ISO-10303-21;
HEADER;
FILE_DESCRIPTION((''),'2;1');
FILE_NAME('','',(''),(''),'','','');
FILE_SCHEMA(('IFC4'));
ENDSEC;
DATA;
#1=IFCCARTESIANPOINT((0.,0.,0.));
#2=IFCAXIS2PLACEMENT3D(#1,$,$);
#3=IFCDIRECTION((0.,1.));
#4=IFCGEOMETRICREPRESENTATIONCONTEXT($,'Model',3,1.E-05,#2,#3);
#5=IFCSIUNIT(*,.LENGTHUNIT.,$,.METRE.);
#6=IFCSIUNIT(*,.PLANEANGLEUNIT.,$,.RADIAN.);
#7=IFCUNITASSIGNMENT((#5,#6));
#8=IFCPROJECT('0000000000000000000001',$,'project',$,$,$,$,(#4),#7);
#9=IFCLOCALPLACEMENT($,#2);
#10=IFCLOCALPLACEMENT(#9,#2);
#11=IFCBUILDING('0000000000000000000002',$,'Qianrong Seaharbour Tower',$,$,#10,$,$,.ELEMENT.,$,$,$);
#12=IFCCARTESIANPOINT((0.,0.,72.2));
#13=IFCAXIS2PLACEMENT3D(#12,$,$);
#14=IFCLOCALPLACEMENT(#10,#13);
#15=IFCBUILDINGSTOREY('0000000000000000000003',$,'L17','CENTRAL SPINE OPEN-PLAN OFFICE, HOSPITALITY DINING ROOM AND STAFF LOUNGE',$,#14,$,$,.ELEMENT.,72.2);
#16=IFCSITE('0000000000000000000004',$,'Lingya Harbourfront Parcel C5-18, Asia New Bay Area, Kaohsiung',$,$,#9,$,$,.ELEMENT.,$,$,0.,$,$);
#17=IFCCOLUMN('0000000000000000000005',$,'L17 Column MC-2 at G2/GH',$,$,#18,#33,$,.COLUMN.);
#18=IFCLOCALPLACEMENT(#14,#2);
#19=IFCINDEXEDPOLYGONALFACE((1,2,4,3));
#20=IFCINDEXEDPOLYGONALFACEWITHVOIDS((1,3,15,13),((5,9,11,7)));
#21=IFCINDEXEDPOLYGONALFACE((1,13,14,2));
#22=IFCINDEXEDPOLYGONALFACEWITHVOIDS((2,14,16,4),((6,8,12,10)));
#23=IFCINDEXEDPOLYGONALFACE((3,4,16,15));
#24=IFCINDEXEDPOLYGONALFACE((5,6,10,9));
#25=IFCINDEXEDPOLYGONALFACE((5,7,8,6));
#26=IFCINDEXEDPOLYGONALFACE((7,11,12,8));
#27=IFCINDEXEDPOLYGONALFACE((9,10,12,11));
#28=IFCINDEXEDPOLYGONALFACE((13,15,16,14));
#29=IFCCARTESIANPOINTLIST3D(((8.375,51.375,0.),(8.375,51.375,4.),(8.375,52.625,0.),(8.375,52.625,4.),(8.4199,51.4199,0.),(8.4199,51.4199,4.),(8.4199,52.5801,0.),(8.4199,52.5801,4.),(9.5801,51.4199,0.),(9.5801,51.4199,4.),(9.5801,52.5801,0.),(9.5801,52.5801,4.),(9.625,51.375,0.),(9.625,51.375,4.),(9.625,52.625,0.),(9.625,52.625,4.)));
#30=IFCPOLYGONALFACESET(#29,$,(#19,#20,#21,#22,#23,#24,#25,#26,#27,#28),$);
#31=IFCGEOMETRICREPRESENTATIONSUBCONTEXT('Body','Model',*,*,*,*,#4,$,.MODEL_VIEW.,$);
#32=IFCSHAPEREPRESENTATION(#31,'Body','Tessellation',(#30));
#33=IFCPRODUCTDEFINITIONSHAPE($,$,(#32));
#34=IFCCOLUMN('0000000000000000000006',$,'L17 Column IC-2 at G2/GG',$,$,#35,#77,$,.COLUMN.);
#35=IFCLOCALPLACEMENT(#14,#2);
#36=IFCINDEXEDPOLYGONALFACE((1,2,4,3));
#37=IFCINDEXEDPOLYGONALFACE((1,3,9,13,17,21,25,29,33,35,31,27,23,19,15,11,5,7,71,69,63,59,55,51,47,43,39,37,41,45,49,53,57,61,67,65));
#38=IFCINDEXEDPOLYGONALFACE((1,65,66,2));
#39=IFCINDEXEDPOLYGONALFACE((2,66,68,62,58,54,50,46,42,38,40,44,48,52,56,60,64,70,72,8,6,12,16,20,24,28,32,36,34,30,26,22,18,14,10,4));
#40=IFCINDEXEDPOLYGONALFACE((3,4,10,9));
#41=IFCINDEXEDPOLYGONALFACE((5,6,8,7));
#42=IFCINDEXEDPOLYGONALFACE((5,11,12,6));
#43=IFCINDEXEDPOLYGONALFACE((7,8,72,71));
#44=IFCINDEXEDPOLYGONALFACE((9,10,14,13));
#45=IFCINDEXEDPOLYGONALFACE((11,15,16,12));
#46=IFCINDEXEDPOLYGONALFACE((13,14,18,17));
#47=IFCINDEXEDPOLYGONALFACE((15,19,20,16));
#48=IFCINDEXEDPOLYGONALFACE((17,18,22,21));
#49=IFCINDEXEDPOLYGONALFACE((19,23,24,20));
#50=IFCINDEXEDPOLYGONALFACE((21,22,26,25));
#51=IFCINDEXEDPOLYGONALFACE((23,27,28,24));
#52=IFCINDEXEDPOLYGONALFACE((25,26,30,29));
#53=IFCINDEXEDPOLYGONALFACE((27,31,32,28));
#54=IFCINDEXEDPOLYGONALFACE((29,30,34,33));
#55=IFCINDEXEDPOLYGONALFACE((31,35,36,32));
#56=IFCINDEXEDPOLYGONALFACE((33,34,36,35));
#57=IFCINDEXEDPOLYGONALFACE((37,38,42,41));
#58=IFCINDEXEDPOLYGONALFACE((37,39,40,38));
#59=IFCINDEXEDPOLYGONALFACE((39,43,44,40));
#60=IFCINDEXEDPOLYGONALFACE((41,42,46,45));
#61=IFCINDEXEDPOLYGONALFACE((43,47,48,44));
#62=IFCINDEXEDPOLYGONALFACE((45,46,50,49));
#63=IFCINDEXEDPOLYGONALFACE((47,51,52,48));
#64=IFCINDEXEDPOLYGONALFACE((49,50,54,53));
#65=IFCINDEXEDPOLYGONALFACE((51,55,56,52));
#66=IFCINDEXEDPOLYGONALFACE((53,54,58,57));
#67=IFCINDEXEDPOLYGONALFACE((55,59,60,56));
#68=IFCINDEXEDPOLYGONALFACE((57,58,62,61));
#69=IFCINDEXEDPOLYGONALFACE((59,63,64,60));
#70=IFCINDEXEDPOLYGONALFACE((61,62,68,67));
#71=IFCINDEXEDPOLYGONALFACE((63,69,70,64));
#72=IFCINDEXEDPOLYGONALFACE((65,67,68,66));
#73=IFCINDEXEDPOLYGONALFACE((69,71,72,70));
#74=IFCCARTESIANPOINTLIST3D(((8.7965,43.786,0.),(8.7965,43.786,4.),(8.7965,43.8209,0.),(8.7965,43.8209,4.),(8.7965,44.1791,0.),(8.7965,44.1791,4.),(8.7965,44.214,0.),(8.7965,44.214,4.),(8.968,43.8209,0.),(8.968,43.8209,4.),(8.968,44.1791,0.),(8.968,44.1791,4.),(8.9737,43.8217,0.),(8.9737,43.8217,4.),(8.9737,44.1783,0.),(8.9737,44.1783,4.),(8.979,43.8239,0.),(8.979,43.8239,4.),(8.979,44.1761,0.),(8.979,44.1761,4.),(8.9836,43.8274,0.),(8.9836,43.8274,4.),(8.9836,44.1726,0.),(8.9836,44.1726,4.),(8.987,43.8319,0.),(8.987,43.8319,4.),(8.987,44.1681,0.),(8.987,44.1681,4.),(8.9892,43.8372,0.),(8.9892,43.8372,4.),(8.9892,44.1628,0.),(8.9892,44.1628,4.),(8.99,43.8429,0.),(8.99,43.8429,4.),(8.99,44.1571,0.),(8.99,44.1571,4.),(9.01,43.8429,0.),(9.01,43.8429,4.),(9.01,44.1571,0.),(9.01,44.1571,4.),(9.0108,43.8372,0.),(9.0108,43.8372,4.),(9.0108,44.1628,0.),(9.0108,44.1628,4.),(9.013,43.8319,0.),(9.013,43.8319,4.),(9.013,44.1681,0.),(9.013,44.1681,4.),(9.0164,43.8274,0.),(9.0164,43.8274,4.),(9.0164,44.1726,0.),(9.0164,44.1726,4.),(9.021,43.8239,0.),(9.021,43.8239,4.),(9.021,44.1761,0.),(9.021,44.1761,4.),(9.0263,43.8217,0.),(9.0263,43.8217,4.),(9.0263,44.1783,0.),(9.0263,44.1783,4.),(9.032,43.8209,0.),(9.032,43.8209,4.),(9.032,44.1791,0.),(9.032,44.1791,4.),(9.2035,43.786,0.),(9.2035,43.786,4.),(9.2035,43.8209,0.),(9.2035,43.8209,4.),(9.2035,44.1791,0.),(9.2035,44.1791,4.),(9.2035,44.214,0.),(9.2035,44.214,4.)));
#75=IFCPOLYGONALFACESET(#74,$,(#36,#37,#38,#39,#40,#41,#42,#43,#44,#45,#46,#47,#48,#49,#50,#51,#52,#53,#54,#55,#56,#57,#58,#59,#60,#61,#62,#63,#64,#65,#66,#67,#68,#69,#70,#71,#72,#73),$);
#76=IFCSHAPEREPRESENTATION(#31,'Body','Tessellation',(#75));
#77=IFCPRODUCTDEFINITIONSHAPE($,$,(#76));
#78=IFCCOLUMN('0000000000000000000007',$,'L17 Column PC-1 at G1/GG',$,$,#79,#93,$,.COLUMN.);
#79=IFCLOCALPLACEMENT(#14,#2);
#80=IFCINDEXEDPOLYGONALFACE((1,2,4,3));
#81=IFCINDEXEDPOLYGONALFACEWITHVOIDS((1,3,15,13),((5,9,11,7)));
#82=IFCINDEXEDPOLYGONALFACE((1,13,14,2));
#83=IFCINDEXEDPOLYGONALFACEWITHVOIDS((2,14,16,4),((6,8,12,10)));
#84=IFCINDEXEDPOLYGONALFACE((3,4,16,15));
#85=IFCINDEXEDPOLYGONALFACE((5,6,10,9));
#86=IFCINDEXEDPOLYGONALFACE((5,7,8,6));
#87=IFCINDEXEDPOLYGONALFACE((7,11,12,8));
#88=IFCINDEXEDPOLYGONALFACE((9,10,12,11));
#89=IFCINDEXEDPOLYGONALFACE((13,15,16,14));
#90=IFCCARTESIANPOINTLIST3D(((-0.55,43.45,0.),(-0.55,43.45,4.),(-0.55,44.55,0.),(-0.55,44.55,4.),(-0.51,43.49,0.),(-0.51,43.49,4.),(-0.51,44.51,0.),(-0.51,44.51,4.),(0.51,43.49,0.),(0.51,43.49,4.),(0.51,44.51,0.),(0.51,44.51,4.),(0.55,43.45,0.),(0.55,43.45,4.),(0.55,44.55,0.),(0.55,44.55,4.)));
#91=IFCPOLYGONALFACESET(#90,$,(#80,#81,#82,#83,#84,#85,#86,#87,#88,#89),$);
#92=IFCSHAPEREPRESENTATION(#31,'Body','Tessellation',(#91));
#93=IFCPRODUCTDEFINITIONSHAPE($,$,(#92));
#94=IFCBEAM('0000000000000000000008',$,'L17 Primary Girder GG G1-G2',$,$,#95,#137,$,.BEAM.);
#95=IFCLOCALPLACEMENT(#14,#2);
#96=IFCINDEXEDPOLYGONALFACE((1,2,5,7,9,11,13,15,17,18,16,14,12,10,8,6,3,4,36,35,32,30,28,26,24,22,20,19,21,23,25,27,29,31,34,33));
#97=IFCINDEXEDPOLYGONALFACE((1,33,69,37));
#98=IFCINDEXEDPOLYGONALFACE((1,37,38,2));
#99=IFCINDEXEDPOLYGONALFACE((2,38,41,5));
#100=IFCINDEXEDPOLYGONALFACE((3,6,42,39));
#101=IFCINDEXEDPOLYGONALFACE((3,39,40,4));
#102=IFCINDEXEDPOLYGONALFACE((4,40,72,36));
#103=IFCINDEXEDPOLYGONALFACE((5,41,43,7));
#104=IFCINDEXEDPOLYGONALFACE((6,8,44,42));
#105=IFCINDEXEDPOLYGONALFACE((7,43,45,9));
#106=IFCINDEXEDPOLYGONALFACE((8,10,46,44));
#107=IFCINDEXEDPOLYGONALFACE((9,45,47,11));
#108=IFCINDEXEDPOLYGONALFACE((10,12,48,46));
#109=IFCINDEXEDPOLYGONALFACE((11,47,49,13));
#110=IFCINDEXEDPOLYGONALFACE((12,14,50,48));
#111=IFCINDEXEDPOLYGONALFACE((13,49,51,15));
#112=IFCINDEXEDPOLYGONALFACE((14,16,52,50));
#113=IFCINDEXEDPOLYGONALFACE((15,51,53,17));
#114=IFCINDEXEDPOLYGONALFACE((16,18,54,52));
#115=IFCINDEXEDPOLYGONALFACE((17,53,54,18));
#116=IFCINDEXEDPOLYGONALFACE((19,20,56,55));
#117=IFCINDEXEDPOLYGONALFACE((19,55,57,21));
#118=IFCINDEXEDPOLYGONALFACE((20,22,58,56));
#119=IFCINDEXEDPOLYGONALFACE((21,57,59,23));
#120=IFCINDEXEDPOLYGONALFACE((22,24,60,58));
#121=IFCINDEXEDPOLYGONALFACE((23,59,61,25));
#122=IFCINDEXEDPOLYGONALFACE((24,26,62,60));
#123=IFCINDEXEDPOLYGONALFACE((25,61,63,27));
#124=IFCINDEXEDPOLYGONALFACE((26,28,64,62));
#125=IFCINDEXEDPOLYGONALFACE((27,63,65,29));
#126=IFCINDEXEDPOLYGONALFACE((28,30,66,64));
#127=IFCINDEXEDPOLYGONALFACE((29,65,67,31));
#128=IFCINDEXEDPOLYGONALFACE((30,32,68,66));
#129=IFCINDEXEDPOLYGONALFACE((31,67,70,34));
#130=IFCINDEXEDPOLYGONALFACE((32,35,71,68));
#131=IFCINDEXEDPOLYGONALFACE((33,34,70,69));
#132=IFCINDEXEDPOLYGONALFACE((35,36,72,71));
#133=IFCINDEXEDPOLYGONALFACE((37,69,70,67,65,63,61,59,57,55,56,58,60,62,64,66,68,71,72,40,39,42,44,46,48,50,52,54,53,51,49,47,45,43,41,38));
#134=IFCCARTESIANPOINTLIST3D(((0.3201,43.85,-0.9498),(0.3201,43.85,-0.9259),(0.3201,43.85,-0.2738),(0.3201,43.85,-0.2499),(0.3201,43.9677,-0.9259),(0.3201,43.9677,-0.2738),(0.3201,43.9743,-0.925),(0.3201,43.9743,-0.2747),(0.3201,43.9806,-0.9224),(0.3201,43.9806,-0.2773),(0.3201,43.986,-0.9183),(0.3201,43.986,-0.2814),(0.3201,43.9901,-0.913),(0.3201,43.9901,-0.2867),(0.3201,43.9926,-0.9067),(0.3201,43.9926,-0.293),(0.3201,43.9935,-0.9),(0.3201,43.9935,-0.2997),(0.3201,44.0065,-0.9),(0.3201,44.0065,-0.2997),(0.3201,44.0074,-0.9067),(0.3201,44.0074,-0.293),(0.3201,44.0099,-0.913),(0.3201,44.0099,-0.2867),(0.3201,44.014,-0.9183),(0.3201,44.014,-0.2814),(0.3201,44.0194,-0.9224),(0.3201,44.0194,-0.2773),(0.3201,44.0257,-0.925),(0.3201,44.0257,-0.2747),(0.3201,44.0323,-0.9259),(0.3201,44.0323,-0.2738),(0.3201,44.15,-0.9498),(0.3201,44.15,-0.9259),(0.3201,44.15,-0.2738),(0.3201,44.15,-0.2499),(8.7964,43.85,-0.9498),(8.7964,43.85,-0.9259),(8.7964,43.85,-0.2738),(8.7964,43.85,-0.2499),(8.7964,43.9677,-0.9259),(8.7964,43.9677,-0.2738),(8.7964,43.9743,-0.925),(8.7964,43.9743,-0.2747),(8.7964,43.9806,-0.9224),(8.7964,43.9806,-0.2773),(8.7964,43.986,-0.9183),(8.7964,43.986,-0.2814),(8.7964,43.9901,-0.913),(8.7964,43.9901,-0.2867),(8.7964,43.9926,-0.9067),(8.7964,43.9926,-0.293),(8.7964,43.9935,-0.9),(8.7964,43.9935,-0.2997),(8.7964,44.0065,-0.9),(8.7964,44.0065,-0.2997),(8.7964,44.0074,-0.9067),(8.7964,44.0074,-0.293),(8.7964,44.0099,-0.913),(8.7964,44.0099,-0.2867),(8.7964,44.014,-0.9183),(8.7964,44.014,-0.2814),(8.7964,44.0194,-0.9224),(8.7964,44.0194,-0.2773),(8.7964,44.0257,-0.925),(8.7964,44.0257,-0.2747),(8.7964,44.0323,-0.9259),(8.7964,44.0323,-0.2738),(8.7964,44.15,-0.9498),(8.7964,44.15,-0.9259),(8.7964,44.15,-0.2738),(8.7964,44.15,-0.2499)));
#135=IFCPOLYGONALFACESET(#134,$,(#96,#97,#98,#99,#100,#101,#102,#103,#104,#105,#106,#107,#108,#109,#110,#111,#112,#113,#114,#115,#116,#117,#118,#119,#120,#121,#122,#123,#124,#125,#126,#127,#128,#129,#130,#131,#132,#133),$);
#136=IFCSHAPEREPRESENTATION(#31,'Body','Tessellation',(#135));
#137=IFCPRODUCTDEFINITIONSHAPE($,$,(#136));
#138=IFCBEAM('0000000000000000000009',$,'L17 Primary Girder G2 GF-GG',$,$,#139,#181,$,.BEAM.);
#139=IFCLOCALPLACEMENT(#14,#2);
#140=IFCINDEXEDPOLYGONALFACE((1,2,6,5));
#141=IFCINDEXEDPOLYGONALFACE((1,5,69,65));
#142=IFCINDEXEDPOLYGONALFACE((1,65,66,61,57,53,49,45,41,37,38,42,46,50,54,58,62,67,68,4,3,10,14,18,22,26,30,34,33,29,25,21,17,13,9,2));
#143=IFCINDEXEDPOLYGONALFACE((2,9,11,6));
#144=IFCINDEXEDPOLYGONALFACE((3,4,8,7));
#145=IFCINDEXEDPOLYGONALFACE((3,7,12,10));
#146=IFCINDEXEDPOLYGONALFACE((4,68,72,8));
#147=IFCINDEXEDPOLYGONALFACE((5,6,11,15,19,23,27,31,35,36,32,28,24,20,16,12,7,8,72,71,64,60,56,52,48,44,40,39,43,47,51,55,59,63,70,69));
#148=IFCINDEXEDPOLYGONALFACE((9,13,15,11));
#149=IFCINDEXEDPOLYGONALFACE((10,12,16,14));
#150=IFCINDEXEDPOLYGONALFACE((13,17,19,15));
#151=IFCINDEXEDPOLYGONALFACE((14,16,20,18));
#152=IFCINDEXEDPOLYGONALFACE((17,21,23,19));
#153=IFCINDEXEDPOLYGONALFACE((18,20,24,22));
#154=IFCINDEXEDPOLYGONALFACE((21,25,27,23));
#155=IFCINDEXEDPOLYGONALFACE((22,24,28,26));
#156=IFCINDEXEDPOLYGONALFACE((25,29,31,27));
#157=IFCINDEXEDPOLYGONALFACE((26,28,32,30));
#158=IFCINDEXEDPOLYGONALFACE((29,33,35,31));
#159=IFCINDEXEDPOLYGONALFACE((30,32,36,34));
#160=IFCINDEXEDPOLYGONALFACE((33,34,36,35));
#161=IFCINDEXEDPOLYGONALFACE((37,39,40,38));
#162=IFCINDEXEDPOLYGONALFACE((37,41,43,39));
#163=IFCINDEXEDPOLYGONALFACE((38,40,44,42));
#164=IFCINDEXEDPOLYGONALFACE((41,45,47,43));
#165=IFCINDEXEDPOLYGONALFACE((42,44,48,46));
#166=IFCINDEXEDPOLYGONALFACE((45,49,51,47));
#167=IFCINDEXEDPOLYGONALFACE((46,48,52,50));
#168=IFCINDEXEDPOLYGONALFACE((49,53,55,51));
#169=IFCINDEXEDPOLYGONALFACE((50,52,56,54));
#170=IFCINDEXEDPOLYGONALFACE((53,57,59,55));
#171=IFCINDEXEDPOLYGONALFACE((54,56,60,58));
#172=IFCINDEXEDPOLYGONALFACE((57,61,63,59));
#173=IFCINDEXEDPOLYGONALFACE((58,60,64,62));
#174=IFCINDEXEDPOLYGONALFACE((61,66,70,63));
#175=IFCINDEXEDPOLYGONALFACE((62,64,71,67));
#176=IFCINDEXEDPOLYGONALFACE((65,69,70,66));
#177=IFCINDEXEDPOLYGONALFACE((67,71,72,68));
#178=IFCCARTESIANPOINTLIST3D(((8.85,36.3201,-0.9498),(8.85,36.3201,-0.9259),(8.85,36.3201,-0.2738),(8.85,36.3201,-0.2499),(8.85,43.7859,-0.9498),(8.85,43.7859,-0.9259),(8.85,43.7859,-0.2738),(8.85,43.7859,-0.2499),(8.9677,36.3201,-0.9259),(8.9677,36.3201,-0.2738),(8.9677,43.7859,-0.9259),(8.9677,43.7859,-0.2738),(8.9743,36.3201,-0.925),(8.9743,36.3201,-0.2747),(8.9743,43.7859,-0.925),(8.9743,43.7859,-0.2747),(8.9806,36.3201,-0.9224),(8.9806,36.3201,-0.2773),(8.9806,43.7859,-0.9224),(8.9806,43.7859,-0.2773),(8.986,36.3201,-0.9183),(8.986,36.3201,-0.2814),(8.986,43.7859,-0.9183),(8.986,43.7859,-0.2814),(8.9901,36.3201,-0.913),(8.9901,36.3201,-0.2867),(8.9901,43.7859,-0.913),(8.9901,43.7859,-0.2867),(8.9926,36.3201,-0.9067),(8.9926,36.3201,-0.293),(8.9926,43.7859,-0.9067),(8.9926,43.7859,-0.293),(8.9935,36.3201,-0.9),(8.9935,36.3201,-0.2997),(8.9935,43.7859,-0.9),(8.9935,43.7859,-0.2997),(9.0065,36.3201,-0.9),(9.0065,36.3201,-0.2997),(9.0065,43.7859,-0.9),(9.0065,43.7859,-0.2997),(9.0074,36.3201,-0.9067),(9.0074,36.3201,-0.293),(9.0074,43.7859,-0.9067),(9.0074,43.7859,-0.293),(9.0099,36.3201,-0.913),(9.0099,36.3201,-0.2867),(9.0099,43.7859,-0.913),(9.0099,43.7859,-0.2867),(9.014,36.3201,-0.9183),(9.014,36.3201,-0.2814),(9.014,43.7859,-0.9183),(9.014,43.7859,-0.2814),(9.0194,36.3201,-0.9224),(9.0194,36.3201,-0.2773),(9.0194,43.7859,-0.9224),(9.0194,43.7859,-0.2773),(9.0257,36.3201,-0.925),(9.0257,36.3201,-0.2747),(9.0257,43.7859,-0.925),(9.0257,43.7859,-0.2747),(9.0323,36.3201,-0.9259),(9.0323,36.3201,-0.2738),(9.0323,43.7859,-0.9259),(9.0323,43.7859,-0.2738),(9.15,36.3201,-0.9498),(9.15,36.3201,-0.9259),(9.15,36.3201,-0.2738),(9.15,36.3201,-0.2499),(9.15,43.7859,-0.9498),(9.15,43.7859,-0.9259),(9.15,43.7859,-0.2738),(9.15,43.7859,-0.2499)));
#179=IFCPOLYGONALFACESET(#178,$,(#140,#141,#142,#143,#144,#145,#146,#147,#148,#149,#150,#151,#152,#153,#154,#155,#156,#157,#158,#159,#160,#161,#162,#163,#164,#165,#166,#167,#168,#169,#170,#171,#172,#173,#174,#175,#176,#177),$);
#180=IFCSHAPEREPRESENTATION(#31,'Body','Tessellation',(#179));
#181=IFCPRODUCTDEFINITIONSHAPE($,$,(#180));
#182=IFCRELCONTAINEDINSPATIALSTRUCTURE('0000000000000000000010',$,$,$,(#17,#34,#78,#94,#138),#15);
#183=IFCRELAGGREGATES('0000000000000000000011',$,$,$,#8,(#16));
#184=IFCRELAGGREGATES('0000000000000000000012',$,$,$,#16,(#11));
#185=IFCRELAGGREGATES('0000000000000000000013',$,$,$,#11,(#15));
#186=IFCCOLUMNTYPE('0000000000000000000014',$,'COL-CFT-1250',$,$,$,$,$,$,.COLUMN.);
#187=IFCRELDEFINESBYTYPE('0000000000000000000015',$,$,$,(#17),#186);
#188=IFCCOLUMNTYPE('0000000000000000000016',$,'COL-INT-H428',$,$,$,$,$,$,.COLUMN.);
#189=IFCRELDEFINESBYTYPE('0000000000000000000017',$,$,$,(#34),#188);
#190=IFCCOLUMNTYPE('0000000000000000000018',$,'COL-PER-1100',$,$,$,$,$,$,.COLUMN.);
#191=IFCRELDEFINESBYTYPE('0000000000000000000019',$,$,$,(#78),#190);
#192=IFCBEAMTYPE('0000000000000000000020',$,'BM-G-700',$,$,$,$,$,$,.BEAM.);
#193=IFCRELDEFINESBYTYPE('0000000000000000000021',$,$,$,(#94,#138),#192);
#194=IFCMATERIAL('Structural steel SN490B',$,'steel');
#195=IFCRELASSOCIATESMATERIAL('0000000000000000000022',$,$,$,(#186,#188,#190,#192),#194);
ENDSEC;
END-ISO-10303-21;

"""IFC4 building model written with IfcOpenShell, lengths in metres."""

from ifc_helpers import new_model, si_unit, direction, frame, origin, origin_2d, place, context, subcontext, project, spatial, hollow_rectangle, i_section, extrude, material, material_profile, profile_set, type_object, element, save


model = new_model("IFC4")

# Units and contexts
model_context = context("Model", 3, precision=1e-05, world=origin(), true_north=direction((0.0, 1.0)))
body_context = subcontext(model_context, "Body", "Model", "MODEL_VIEW")
ifc_project = project(units=[si_unit("LENGTHUNIT", "METRE"), si_unit("PLANEANGLEUNIT", "RADIAN")], contexts=[model_context])

# Site, building, storey
site_placement = place(None, origin())
site = spatial("IfcSite", under=ifc_project, at=site_placement, Name="Lingya Harbourfront Parcel C5-18, Asia New Bay Area, Kaohsiung", CompositionType="ELEMENT", RefElevation=0.0)
building_placement = place(site_placement, origin())
building = spatial("IfcBuilding", under=site, at=building_placement, Name="Qianrong Seaharbour Tower", CompositionType="ELEMENT")
storey_placement = place(building_placement, frame((0.0, 0.0, 72.2)))
storey = spatial("IfcBuildingStorey", under=building, at=storey_placement, Name="L17", Description="CENTRAL SPINE OPEN-PLAN OFFICE, HOSPITALITY DINING ROOM AND STAFF LOUNGE", CompositionType="ELEMENT", Elevation=72.2)

# Columns
ifc_material_1 = material(Name="Structural steel SN490B", Category="steel")
ifc_material_profile_1 = material_profile(ifc_material_1, hollow_rectangle(XDim=1.25, YDim=1.25, WallThickness=0.0449, at=origin_2d()), Name="BOX1250x1250x45")
ifc_profile_set_1 = profile_set([ifc_material_profile_1], Name="Structural steel SN490B")
column_type_1 = type_object("IfcColumnType", Name="COL-CFT-1250", PredefinedType="COLUMN", material=ifc_profile_set_1)
column_1_placement = place(storey_placement, frame((9.0, 52.0, 0.0), z_axis=(0.0, 0.0, 1.0), x_axis=(1.0, 0.0, 0.0)))
element("IfcColumn", 1, at=column_1_placement, inside=storey, type_object=column_type_1, Name="L17 Column MC-2 at G2/GH", PredefinedType="COLUMN", context=body_context, shape_type="SweptSolid", body=[
    extrude(hollow_rectangle(XDim=1.25, YDim=1.25, WallThickness=0.0449, at=origin_2d()), origin(), (0.0, 0.0, 1.0), 4.0),
])
ifc_material_profile_2 = material_profile(ifc_material_1, i_section(OverallWidth=0.407, OverallDepth=0.428, WebThickness=0.02, FlangeThickness=0.0349, FilletRadius=0.022, at=origin_2d()), Name="H428x407x20x35")
ifc_profile_set_2 = profile_set([ifc_material_profile_2], Name="Structural steel SN490B")
column_type_2 = type_object("IfcColumnType", Name="COL-INT-H428", PredefinedType="COLUMN", material=ifc_profile_set_2)
column_2_placement = place(storey_placement, frame((9.0, 44.0, 0.0), z_axis=(0.0, 0.0, 1.0), x_axis=(1.0, 0.0, 0.0)))
element("IfcColumn", 2, at=column_2_placement, inside=storey, type_object=column_type_2, Name="L17 Column IC-2 at G2/GG", PredefinedType="COLUMN", context=body_context, shape_type="SweptSolid", body=[
    extrude(i_section(OverallWidth=0.407, OverallDepth=0.428, WebThickness=0.02, FlangeThickness=0.0349, FilletRadius=0.022, at=origin_2d()), origin(), (0.0, 0.0, 1.0), 4.0),
])
ifc_material_profile_3 = material_profile(ifc_material_1, hollow_rectangle(XDim=1.1001, YDim=1.1001, WallThickness=0.04, at=origin_2d()), Name="BOX1100x1100x40")
ifc_profile_set_3 = profile_set([ifc_material_profile_3], Name="Structural steel SN490B")
column_type_3 = type_object("IfcColumnType", Name="COL-PER-1100", PredefinedType="COLUMN", material=ifc_profile_set_3)
column_3_placement = place(storey_placement, frame((0.0, 44.0, 0.0), z_axis=(0.0, 0.0, 1.0), x_axis=(1.0, 0.0, 0.0)))
element("IfcColumn", 3, at=column_3_placement, inside=storey, type_object=column_type_3, Name="L17 Column PC-1 at G1/GG", PredefinedType="COLUMN", context=body_context, shape_type="SweptSolid", body=[
    extrude(hollow_rectangle(XDim=1.1001, YDim=1.1001, WallThickness=0.04, at=origin_2d()), origin(), (0.0, 0.0, 1.0), 4.0),
])

# Beams
ifc_material_profile_4 = material_profile(ifc_material_1, i_section(OverallWidth=0.3, OverallDepth=0.7, WebThickness=0.0129, FlangeThickness=0.0239, FilletRadius=0.0259, at=origin_2d()), Name="H700x300x13x24")
ifc_profile_set_4 = profile_set([ifc_material_profile_4], Name="Structural steel SN490B")
beam_type_1 = type_object("IfcBeamType", Name="BM-G-700", PredefinedType="BEAM", material=ifc_profile_set_4)
beam_1_placement = place(storey_placement, frame((0.3201, 44.0, -0.5999), z_axis=(1.0, 0.0, 0.0), x_axis=(0.0, 1.0, 0.0)))
element("IfcBeam", 4, at=beam_1_placement, inside=storey, type_object=beam_type_1, Name="L17 Primary Girder GG G1-G2", PredefinedType="BEAM", context=body_context, shape_type="SweptSolid", body=[
    extrude(i_section(OverallWidth=0.3, OverallDepth=0.7, WebThickness=0.0129, FlangeThickness=0.0239, FilletRadius=0.0259, at=origin_2d()), origin(), (0.0, 0.0, 1.0), 8.4763),
])
for number, where, z_axis, x_axis, name in (
    (5, (9.0, 36.3201, -0.5999), (0.0, 1.0, 0.0), (-1.0, 0.0, 0.0), "L17 Primary Girder G2 GF-GG"),
):
    element("IfcBeam", number, at=place(storey_placement, frame(where, z_axis=z_axis, x_axis=x_axis)), inside=storey, type_object=beam_type_1, Name=name, PredefinedType="BEAM", context=body_context, shape_type="SweptSolid", body=[
        extrude(i_section(OverallWidth=0.3, OverallDepth=0.7, WebThickness=0.0129, FlangeThickness=0.0239, FilletRadius=0.0259, at=origin_2d()), origin(), (0.0, 0.0, 1.0), 7.4658),
    ])

save(model, "model.ifc")
